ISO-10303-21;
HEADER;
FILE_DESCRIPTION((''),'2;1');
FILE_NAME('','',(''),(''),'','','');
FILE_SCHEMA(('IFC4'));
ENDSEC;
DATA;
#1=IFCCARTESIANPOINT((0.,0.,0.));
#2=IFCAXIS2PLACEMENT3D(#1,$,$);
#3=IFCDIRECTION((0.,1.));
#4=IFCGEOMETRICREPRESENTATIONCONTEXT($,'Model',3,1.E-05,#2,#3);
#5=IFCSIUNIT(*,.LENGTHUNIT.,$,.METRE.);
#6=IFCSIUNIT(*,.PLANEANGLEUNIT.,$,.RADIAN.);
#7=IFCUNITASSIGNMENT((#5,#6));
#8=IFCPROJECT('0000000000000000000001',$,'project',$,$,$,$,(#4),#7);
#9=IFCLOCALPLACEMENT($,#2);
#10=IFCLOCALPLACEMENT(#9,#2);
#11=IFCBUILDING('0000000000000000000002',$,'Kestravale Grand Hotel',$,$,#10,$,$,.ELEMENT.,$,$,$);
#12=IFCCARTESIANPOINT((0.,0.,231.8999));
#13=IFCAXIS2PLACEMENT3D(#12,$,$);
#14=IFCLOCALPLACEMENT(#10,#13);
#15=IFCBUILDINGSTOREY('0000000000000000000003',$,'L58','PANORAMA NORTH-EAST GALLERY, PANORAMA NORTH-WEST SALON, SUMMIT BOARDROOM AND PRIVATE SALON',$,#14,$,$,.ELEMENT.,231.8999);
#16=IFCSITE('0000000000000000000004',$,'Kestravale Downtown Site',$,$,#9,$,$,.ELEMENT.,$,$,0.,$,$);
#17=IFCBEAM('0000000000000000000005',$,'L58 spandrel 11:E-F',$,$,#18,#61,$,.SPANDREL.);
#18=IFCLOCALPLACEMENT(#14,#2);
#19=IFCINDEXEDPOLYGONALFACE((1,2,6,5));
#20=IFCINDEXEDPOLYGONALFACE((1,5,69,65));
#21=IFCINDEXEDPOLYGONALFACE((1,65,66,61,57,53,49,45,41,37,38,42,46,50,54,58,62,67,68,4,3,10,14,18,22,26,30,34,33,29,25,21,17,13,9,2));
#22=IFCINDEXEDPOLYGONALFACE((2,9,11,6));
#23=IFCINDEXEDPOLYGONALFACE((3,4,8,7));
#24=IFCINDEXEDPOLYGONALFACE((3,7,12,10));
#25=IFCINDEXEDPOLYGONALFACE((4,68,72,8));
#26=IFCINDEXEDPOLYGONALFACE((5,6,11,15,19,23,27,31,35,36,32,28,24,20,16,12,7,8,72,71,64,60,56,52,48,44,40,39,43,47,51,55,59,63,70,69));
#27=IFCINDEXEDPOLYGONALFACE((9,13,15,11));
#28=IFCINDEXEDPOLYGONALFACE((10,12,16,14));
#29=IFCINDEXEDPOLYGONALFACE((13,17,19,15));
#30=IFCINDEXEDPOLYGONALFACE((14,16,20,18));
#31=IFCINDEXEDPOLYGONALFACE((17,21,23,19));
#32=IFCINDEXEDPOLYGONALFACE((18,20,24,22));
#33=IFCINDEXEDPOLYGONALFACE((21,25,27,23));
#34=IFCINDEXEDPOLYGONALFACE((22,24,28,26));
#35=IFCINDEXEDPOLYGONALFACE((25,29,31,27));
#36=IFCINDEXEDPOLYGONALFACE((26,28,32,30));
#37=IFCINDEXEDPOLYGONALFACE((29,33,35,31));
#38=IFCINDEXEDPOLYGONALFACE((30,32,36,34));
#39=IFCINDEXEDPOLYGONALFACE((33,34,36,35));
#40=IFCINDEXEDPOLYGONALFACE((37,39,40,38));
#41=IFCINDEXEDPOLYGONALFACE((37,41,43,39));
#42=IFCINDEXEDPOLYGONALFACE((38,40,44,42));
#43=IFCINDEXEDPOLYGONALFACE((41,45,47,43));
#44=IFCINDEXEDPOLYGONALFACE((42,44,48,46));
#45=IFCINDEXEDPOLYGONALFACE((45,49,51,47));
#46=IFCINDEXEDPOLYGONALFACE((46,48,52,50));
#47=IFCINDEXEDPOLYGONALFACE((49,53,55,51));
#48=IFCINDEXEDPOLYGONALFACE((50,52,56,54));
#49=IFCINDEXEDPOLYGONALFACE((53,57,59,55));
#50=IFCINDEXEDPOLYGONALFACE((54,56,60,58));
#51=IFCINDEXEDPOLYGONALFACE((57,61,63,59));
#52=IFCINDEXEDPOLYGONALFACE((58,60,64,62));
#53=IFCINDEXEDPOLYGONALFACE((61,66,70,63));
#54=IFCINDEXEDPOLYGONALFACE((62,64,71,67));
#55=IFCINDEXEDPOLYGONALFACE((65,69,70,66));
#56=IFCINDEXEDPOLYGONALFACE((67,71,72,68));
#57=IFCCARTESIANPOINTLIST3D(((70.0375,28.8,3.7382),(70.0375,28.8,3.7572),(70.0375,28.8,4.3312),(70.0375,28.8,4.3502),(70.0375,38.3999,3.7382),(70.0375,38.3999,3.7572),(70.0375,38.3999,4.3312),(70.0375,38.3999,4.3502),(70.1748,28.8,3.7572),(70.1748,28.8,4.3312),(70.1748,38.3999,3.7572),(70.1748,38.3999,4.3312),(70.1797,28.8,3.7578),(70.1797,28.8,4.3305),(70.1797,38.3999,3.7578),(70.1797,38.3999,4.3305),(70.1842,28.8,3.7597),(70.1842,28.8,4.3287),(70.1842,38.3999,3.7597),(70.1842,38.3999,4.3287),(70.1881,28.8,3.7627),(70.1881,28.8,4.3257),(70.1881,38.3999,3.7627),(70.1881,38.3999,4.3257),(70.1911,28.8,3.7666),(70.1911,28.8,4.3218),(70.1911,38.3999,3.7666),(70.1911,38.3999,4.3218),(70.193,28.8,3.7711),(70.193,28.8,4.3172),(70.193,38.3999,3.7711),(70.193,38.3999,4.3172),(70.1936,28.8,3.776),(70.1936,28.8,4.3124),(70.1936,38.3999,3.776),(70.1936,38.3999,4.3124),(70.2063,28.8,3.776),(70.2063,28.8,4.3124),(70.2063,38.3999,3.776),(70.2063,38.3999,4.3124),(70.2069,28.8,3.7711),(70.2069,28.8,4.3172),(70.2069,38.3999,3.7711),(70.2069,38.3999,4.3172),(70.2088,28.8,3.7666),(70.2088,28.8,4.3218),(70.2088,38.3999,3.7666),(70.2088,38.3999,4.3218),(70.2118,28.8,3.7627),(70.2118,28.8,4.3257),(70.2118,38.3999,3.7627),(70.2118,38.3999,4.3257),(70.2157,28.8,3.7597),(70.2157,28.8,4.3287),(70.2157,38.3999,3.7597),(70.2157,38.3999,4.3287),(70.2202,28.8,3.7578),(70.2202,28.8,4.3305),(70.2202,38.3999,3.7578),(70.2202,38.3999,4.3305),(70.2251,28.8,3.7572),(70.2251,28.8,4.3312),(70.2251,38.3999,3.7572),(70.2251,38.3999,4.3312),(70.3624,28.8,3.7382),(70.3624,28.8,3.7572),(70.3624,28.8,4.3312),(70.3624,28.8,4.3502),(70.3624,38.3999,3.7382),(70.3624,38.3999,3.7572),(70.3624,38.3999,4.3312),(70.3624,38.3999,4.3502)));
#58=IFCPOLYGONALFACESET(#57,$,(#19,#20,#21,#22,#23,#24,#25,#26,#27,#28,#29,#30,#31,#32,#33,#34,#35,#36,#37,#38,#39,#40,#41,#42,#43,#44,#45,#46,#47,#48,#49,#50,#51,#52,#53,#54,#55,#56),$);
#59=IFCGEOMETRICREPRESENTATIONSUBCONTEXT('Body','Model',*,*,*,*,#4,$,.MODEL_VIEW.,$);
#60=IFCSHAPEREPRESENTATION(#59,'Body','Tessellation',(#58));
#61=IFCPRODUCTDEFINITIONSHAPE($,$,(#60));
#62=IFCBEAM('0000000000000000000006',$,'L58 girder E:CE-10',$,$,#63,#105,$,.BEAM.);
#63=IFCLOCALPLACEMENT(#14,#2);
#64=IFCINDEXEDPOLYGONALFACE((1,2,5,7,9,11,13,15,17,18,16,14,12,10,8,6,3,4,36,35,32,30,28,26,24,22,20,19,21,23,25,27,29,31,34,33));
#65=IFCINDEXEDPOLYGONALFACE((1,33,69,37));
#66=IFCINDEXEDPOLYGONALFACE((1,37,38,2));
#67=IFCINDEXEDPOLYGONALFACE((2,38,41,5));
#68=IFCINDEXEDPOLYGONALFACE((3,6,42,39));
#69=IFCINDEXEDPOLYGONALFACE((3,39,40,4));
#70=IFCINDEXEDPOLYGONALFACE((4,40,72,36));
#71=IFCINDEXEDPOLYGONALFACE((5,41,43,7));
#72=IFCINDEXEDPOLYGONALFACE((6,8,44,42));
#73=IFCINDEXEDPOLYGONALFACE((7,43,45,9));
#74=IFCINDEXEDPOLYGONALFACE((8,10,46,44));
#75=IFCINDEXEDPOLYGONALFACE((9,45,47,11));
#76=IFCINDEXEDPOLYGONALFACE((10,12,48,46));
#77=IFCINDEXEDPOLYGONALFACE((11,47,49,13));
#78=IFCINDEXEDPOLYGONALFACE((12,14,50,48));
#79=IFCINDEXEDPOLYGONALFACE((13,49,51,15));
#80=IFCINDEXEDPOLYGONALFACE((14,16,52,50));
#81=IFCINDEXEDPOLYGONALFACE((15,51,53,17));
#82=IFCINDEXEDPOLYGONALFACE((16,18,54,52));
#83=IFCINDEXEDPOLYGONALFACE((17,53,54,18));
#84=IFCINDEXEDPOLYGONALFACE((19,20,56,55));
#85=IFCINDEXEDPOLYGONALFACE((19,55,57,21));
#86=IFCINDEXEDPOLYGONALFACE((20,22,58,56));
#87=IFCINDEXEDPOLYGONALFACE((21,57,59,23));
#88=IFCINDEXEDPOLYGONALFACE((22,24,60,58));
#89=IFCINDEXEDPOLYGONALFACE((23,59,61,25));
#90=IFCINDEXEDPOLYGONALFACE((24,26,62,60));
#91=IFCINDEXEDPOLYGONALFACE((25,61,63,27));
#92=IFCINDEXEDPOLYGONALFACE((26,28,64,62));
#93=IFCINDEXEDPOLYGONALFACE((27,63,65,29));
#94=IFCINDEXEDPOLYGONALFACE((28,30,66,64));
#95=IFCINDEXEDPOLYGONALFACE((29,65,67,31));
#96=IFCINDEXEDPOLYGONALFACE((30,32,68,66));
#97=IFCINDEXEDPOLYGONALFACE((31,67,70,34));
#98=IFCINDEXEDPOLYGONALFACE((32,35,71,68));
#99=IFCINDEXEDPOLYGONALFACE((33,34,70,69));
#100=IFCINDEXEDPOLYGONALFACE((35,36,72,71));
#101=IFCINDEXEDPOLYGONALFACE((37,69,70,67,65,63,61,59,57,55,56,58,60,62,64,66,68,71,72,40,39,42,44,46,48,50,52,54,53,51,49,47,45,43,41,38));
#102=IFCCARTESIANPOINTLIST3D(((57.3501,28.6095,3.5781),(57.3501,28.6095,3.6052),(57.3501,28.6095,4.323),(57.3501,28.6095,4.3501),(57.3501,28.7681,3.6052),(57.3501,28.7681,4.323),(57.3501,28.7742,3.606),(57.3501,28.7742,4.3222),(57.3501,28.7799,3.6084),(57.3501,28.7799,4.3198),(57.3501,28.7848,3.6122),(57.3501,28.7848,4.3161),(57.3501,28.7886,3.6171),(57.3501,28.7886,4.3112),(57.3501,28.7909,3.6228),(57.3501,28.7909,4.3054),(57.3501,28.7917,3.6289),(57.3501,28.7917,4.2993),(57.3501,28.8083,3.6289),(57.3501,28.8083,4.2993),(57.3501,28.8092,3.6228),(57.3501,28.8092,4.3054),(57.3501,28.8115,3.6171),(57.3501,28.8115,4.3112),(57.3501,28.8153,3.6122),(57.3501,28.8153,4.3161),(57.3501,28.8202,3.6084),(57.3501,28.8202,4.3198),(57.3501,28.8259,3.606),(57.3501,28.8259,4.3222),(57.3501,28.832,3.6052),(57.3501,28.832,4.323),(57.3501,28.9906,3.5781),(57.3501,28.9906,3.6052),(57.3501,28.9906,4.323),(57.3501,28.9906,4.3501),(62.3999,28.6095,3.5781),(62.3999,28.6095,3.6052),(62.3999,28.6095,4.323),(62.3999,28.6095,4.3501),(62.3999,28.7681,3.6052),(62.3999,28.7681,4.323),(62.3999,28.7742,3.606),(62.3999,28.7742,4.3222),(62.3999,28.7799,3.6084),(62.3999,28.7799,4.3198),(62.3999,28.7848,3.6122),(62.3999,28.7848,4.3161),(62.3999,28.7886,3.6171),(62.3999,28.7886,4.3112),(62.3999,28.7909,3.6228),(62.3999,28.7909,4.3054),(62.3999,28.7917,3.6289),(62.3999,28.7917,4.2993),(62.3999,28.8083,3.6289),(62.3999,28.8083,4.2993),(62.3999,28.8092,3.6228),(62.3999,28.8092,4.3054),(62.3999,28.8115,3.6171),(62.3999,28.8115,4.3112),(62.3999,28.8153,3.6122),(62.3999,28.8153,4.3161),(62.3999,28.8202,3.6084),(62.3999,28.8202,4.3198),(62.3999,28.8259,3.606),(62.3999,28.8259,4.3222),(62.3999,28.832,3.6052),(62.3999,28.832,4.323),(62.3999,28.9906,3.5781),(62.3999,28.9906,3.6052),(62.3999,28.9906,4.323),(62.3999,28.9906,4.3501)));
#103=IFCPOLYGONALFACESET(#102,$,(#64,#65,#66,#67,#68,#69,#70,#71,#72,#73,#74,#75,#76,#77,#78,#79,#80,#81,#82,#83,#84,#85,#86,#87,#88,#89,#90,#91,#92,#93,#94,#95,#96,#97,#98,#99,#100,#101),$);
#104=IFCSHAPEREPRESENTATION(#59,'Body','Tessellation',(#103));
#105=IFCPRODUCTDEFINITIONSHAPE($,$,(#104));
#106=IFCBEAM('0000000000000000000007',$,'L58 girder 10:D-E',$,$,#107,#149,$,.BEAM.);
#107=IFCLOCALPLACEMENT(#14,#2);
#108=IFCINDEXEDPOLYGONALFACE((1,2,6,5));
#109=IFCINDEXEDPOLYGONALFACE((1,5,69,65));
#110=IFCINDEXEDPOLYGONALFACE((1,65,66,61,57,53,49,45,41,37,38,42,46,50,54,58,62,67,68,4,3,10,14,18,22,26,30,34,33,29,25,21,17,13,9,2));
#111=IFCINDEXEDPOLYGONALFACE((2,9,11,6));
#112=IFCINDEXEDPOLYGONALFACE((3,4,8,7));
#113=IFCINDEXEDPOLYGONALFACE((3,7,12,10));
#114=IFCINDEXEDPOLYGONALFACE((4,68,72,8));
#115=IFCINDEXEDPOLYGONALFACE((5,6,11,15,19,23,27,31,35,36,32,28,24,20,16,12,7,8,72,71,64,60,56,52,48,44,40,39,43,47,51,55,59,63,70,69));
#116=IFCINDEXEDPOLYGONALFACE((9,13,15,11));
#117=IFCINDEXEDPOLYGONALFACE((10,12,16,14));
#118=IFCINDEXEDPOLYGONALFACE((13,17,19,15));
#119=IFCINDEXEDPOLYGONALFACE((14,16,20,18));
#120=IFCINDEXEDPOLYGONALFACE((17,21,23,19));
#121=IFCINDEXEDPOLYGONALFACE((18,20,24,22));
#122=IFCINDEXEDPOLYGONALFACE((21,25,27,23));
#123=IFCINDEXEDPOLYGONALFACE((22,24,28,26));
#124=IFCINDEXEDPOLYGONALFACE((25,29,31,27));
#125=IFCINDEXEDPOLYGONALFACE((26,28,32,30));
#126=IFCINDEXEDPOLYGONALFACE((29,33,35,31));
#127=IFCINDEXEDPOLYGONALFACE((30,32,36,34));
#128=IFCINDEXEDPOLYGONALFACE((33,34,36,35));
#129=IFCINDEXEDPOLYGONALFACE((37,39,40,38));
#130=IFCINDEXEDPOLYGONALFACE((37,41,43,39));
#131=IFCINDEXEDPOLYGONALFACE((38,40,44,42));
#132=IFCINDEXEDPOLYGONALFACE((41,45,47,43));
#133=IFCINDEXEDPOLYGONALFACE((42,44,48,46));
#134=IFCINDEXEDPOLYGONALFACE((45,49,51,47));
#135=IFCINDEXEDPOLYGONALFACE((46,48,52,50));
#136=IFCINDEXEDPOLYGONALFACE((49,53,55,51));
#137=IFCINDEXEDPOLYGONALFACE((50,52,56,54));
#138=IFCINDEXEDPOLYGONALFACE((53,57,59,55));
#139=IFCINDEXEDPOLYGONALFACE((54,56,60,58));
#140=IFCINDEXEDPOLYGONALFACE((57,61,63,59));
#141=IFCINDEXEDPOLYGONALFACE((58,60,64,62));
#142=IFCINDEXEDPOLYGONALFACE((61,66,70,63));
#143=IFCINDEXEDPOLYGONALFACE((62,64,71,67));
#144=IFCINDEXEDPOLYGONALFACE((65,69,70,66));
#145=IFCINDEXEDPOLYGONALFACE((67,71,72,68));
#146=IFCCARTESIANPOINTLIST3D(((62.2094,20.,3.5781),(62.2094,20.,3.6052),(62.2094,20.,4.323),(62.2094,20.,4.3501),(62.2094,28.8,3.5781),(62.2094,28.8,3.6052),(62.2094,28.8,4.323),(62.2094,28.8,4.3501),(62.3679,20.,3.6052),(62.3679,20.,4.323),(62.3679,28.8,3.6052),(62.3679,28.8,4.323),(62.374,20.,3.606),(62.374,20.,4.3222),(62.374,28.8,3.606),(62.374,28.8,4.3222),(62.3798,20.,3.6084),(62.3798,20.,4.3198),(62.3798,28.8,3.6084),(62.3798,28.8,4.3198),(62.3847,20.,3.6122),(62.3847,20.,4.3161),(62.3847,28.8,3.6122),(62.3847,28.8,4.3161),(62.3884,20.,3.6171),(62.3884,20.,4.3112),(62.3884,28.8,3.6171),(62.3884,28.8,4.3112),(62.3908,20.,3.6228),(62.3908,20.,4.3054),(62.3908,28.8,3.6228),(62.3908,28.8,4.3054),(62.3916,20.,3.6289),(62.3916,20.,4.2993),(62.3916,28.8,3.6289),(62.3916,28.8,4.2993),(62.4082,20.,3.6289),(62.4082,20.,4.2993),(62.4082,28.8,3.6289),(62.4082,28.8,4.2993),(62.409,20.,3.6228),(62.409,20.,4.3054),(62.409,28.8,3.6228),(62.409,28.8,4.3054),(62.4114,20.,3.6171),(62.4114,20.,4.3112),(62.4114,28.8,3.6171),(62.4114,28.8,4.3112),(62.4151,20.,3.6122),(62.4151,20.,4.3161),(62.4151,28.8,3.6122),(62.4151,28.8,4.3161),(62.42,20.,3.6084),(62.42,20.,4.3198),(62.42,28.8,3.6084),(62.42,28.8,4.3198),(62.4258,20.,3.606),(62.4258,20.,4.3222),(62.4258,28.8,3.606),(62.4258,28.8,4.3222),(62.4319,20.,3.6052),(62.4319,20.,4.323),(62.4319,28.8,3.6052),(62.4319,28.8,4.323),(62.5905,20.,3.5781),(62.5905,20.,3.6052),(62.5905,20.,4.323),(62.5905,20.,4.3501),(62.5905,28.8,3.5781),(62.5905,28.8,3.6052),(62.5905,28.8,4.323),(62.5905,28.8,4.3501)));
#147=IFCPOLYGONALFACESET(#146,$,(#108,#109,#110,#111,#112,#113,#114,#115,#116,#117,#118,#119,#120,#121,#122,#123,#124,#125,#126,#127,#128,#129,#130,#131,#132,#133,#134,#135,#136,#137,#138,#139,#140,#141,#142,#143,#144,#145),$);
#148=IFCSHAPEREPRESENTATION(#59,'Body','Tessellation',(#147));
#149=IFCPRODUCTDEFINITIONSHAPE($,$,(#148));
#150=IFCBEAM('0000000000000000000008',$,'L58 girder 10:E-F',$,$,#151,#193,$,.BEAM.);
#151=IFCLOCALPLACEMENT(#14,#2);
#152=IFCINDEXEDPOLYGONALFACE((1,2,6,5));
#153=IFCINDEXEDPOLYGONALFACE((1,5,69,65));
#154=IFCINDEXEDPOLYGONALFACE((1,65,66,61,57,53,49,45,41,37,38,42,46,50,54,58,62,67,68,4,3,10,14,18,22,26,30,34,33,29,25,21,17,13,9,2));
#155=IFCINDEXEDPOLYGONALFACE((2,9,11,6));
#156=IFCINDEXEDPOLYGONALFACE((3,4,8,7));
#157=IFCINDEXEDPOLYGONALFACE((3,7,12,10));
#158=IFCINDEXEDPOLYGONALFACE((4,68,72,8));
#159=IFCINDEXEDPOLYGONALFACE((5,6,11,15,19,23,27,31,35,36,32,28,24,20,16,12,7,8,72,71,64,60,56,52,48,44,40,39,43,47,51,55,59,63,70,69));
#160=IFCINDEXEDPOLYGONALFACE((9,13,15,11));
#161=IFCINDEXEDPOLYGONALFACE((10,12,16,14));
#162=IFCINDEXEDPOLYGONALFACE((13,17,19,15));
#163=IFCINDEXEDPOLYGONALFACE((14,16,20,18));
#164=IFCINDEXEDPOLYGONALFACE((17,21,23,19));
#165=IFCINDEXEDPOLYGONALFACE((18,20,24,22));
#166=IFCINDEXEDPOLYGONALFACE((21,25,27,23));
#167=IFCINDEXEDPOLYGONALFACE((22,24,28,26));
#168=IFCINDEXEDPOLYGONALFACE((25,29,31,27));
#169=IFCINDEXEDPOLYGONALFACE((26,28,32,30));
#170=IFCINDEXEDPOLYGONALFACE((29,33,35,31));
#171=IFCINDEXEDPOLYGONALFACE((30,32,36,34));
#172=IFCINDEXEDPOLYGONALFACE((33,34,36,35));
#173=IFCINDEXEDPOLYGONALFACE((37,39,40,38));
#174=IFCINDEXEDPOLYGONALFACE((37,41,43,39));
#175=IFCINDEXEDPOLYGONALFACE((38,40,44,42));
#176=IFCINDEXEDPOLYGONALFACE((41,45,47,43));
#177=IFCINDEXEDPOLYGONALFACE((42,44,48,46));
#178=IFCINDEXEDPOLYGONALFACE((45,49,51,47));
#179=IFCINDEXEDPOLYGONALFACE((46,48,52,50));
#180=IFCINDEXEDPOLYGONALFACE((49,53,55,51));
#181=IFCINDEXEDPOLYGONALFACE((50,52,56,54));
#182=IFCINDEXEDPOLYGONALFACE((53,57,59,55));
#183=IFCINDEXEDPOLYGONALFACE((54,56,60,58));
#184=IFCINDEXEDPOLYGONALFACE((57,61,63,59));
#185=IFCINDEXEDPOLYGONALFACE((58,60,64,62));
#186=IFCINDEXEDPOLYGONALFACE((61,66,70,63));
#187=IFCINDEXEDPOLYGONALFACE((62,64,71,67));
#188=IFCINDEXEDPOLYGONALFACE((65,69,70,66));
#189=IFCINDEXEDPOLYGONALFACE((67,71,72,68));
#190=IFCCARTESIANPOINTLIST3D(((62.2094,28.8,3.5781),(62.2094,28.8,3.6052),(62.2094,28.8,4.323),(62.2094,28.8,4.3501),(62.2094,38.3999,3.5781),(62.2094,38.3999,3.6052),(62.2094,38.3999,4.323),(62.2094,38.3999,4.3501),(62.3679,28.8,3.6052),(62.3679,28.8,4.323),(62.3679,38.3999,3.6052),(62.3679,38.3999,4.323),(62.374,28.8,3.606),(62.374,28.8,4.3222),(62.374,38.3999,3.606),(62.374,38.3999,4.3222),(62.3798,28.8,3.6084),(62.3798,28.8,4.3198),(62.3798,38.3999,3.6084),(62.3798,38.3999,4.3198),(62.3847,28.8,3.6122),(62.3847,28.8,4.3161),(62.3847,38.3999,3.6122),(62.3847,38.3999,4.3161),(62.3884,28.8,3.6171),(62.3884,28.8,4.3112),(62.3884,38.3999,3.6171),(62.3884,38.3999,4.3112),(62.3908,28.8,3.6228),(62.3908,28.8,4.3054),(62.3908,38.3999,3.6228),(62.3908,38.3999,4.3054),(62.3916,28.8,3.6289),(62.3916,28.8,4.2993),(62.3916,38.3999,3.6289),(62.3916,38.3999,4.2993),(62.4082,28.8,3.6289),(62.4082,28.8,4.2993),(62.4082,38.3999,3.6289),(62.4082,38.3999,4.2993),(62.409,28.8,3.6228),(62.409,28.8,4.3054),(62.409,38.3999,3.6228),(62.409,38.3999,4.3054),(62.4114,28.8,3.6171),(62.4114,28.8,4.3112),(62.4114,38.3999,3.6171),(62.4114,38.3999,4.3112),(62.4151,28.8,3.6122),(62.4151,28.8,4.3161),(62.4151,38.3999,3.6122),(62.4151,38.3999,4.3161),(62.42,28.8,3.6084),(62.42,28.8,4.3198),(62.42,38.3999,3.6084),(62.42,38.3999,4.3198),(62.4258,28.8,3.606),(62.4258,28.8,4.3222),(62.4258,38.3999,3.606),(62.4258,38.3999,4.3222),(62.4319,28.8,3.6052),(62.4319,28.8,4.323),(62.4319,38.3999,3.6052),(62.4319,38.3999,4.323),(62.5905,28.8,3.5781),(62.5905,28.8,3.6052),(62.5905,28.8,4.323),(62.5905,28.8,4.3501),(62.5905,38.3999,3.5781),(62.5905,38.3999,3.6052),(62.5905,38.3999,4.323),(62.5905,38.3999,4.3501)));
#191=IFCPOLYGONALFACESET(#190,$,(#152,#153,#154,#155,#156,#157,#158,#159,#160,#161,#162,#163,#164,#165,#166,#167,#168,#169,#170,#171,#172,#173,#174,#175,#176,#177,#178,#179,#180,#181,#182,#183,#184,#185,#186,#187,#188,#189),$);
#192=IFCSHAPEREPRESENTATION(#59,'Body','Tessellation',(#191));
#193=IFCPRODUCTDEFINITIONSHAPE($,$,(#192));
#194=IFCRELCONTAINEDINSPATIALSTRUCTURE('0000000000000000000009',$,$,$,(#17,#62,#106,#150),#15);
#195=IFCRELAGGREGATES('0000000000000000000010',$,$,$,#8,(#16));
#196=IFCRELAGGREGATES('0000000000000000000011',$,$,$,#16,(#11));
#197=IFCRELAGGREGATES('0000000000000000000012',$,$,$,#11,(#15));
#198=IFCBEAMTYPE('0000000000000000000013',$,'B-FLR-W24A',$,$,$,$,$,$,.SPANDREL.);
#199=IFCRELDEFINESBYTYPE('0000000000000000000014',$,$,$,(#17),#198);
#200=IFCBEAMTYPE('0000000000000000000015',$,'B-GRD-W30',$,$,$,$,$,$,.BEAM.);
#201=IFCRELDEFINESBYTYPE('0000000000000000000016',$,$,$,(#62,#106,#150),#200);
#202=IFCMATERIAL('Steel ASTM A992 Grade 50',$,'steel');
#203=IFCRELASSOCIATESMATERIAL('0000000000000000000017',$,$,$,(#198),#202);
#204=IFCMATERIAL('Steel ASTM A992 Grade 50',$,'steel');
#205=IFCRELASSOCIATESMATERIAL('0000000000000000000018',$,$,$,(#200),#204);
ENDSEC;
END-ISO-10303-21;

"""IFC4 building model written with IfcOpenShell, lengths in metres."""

from ifc_helpers import new_model, si_unit, direction, frame, origin, origin_2d, place, context, subcontext, project, spatial, i_section, extrude, material, material_profile, profile_set, type_object, element, save


model = new_model("IFC4")

# Units and contexts
model_context = context("Model", 3, precision=1e-05, world=origin(), true_north=direction((0.0, 1.0)))
body_context = subcontext(model_context, "Body", "Model", "MODEL_VIEW")
ifc_project = project(units=[si_unit("LENGTHUNIT", "METRE"), si_unit("PLANEANGLEUNIT", "RADIAN")], contexts=[model_context])

# Site, building, storey
site_placement = place(None, origin())
site = spatial("IfcSite", under=ifc_project, at=site_placement, Name="Kestravale Downtown Site", CompositionType="ELEMENT", RefElevation=0.0)
building_placement = place(site_placement, origin())
building = spatial("IfcBuilding", under=site, at=building_placement, Name="Kestravale Grand Hotel", CompositionType="ELEMENT")
storey_placement = place(building_placement, frame((0.0, 0.0, 231.8999)))
storey = spatial("IfcBuildingStorey", under=building, at=storey_placement, Name="L58", Description="PANORAMA NORTH-EAST GALLERY, PANORAMA NORTH-WEST SALON, SUMMIT BOARDROOM AND PRIVATE SALON", CompositionType="ELEMENT", Elevation=231.8999)

# Beams
ifc_material_1 = material(Name="Steel ASTM A992 Grade 50", Category="steel")
ifc_material_profile_1 = material_profile(ifc_material_1, i_section(OverallWidth=0.325, OverallDepth=0.6121, WebThickness=0.0127, FlangeThickness=0.019, FilletRadius=0.0188, at=origin_2d()))
ifc_profile_set_1 = profile_set([ifc_material_profile_1], Name="Steel ASTM A992 Grade 50")
beam_type_1 = type_object("IfcBeamType", Name="B-FLR-W24A", PredefinedType="SPANDREL", material=ifc_profile_set_1)
beam_1_placement = place(storey_placement, frame((70.2, 28.8, 4.0442), z_axis=(0.0, 1.0, 0.0), x_axis=(-1.0, 0.0, 0.0)))
element("IfcBeam", 1, at=beam_1_placement, inside=storey, type_object=beam_type_1, Name="L58 spandrel 11:E-F", PredefinedType="SPANDREL", context=body_context, shape_type="SweptSolid", body=[
    extrude(i_section(OverallWidth=0.325, OverallDepth=0.6121, WebThickness=0.0127, FlangeThickness=0.019, FilletRadius=0.0188, at=origin_2d()), origin(), (0.0, 0.0, 1.0), 9.5999),
])
ifc_material_2 = material(Name="Steel ASTM A992 Grade 50", Category="steel")
ifc_material_profile_2 = material_profile(ifc_material_2, i_section(OverallWidth=0.3811, OverallDepth=0.772, WebThickness=0.0166, FlangeThickness=0.0271, FilletRadius=0.0237, at=origin_2d()))
ifc_profile_set_2 = profile_set([ifc_material_profile_2], Name="Steel ASTM A992 Grade 50")
beam_type_2 = type_object("IfcBeamType", Name="B-GRD-W30", PredefinedType="BEAM", material=ifc_profile_set_2)
beam_2_placement = place(storey_placement, frame((57.3501, 28.8, 3.9641), z_axis=(1.0, 0.0, 0.0), x_axis=(0.0, 1.0, 0.0)))
element("IfcBeam", 2, at=beam_2_placement, inside=storey, type_object=beam_type_2, Name="L58 girder E:CE-10", PredefinedType="BEAM", context=body_context, shape_type="SweptSolid", body=[
    extrude(i_section(OverallWidth=0.3811, OverallDepth=0.772, WebThickness=0.0166, FlangeThickness=0.0271, FilletRadius=0.0237, at=origin_2d()), origin(), (0.0, 0.0, 1.0), 5.0498),
])
beam_3_placement = place(storey_placement, frame((62.3999, 20.0, 3.9641), z_axis=(0.0, 1.0, 0.0), x_axis=(-1.0, 0.0, 0.0)))
element("IfcBeam", 3, at=beam_3_placement, inside=storey, type_object=beam_type_2, Name="L58 girder 10:D-E", PredefinedType="BEAM", context=body_context, shape_type="SweptSolid", body=[
    extrude(i_section(OverallWidth=0.3811, OverallDepth=0.772, WebThickness=0.0166, FlangeThickness=0.0271, FilletRadius=0.0237, at=origin_2d()), origin(), (0.0, 0.0, 1.0), 8.8),
])
beam_4_placement = place(storey_placement, frame((62.3999, 28.8, 3.9641), z_axis=(0.0, 1.0, 0.0), x_axis=(-1.0, 0.0, 0.0)))
element("IfcBeam", 4, at=beam_4_placement, inside=storey, type_object=beam_type_2, Name="L58 girder 10:E-F", PredefinedType="BEAM", context=body_context, shape_type="SweptSolid", body=[
    extrude(i_section(OverallWidth=0.3811, OverallDepth=0.772, WebThickness=0.0166, FlangeThickness=0.0271, FilletRadius=0.0237, at=origin_2d()), origin(), (0.0, 0.0, 1.0), 9.5999),
])

save(model, "model.ifc")
